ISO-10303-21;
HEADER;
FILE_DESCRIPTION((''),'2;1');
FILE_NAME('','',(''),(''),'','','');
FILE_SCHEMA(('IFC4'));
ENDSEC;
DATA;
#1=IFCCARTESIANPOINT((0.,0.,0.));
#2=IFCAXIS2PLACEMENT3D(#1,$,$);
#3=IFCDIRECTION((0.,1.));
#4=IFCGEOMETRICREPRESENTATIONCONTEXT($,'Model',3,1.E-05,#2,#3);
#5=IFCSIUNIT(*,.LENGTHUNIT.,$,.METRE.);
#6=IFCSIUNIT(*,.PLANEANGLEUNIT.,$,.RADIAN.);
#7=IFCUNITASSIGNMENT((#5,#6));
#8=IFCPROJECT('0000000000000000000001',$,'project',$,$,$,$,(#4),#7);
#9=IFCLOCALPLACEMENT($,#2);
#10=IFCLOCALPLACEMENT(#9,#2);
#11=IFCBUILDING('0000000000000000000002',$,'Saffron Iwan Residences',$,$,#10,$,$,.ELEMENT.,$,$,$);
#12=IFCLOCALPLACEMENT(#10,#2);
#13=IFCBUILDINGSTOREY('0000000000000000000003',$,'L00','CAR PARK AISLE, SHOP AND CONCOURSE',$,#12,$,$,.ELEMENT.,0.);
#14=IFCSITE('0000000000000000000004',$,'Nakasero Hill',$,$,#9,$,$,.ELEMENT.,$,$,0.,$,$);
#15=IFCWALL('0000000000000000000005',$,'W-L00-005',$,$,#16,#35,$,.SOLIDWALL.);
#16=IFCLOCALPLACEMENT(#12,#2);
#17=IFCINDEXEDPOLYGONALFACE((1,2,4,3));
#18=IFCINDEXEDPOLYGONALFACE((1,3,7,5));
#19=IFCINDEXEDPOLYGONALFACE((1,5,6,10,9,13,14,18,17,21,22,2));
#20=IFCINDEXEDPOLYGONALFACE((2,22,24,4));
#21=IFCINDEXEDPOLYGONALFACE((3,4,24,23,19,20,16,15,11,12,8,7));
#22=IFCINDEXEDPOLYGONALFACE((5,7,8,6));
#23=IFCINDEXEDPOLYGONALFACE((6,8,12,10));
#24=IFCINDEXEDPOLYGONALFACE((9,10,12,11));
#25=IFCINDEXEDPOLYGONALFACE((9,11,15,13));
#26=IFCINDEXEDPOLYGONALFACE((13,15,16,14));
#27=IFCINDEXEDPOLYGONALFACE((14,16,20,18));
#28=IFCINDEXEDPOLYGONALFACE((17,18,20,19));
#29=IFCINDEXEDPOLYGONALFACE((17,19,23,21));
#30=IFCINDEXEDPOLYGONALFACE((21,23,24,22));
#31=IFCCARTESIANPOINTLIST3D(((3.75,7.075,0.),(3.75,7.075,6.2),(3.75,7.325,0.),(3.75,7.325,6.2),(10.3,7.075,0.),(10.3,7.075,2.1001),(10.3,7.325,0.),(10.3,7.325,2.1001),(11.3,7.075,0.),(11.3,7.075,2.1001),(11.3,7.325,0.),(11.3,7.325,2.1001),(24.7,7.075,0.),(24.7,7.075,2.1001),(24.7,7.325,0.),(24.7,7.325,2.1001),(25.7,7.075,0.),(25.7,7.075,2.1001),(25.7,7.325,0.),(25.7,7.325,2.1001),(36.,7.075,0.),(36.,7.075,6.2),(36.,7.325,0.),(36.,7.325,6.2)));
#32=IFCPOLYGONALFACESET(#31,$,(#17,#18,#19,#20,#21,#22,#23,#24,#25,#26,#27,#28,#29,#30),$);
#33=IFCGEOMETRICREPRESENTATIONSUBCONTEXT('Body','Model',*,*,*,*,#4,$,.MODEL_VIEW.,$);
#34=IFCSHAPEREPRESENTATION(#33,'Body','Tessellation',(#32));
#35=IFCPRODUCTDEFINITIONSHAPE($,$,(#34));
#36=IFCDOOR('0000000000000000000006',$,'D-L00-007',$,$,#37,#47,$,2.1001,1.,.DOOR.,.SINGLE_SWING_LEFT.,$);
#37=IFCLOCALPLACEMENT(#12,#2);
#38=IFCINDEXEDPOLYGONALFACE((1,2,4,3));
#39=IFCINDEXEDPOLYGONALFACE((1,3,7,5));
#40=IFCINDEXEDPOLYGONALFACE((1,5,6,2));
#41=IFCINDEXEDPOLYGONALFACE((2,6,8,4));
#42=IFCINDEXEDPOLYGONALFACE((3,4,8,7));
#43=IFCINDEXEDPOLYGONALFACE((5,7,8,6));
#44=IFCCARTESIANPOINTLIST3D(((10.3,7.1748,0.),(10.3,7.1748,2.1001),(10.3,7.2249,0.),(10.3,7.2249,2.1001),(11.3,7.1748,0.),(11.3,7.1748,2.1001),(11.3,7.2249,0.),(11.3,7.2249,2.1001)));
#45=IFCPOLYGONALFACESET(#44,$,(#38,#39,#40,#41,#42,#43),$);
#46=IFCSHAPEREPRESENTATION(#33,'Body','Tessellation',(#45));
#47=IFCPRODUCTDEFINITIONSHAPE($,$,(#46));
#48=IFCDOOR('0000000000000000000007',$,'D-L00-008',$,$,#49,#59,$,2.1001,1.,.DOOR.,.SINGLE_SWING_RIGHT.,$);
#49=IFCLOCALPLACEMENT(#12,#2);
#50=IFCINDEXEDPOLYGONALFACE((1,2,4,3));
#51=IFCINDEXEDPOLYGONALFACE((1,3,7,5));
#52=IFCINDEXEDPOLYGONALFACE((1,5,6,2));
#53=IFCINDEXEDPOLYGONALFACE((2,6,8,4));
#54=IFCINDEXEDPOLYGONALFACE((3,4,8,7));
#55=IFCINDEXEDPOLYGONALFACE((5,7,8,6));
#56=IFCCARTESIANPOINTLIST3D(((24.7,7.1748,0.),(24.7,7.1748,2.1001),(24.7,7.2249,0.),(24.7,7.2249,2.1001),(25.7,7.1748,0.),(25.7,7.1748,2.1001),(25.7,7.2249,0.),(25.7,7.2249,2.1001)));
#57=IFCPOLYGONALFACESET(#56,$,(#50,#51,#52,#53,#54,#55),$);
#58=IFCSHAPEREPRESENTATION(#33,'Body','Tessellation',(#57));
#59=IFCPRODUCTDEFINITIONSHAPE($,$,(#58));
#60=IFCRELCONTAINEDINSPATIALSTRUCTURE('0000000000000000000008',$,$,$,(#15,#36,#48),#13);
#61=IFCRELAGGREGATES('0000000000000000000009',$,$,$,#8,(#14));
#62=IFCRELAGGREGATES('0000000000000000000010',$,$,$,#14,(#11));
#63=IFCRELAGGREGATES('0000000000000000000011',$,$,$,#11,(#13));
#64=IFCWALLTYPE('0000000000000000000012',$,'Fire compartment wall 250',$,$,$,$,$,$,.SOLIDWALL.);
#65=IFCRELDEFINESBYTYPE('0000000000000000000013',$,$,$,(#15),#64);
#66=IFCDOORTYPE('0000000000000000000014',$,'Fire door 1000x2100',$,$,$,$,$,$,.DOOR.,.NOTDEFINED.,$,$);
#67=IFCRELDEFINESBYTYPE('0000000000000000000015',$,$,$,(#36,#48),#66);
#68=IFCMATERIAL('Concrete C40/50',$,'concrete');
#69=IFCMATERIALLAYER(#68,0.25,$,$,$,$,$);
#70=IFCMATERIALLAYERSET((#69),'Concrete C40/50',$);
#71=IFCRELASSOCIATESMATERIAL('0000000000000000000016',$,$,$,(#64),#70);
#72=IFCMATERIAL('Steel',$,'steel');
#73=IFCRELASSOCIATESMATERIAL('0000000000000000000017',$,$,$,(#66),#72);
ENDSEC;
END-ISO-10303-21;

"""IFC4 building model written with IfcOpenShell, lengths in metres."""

from ifc_helpers import new_model, si_unit, direction, frame, frame_2d, origin, place, context, subcontext, project, spatial, rectangle, extrude, material, layer, layer_set, type_object, element, fill, save


model = new_model("IFC4")

# Units and contexts
model_context = context("Model", 3, precision=1e-05, world=origin(), true_north=direction((0.0, 1.0)))
body_context = subcontext(model_context, "Body", "Model", "MODEL_VIEW")
ifc_project = project(units=[si_unit("LENGTHUNIT", "METRE"), si_unit("PLANEANGLEUNIT", "RADIAN")], contexts=[model_context])

# Site, building, storey
site_placement = place(None, origin())
site = spatial("IfcSite", under=ifc_project, at=site_placement, Name="Nakasero Hill", CompositionType="ELEMENT", RefElevation=0.0)
building_placement = place(site_placement, origin())
building = spatial("IfcBuilding", under=site, at=building_placement, Name="Saffron Iwan Residences", CompositionType="ELEMENT")
storey_placement = place(building_placement, origin())
storey = spatial("IfcBuildingStorey", under=building, at=storey_placement, Name="L00", Description="CAR PARK AISLE, SHOP AND CONCOURSE", CompositionType="ELEMENT", Elevation=0.0)

# Wall, openings, doors
ifc_material_1 = material(Name="Concrete C40/50", Category="concrete")
ifc_layer_1 = layer(ifc_material_1, 0.25)
ifc_layer_set_1 = layer_set([ifc_layer_1], Name="Concrete C40/50")
wall_type_1 = type_object("IfcWallType", Name="Fire compartment wall 250", PredefinedType="SOLIDWALL", material=ifc_layer_set_1)
wall_1_placement = place(storey_placement, frame((3.75, 7.2, 0.0), z_axis=(0.0, 0.0, 1.0), x_axis=(1.0, 0.0, 0.0)))
wall_1 = element("IfcWall", 1, at=wall_1_placement, inside=storey, type_object=wall_type_1, Name="W-L00-005", PredefinedType="SOLIDWALL", context=body_context, shape_type="SweptSolid", body=[
    extrude(rectangle(XDim=32.25, YDim=0.25, at=frame_2d((16.125, 0.0))), origin(), (0.0, 0.0, 1.0), 6.2),
])
opening_1_placement = place(wall_1_placement, frame((6.55, 0.0, 0.0)))
opening_1 = element("IfcOpeningElement", 2, at=opening_1_placement, cuts=wall_1, PredefinedType="OPENING", context=body_context, shape_type="SweptSolid", body=[
    extrude(rectangle(XDim=1.0, YDim=2.1001, at=frame_2d((0.5, 1.05))), frame((0.0, 0.135, 0.0), z_axis=(0.0, -1.0, 0.0), x_axis=(1.0, 0.0, 0.0)), (0.0, 0.0, 1.0), 0.27),
])
opening_2_placement = place(wall_1_placement, frame((20.95, 0.0, 0.0)))
opening_2 = element("IfcOpeningElement", 3, at=opening_2_placement, cuts=wall_1, PredefinedType="OPENING", context=body_context, shape_type="SweptSolid", body=[
    extrude(rectangle(XDim=1.0, YDim=2.1001, at=frame_2d((0.5, 1.05))), frame((0.0, 0.135, 0.0), z_axis=(0.0, -1.0, 0.0), x_axis=(1.0, 0.0, 0.0)), (0.0, 0.0, 1.0), 0.27),
])
ifc_material_2 = material(Name="Steel", Category="steel")
door_type_1 = type_object("IfcDoorType", Name="Fire door 1000x2100", OperationType="NOTDEFINED", PredefinedType="DOOR", material=ifc_material_2)
door_1_placement = place(opening_1_placement, origin())
door_1 = element("IfcDoor", 4, at=door_1_placement, inside=storey, type_object=door_type_1, Name="D-L00-007", OperationType="SINGLE_SWING_LEFT", OverallHeight=2.1001, OverallWidth=1.0, PredefinedType="DOOR", context=body_context, shape_type="SweptSolid", body=[
    extrude(rectangle(XDim=1.0, YDim=2.1001, at=frame_2d((0.5, 1.05))), frame((0.0, 0.0249, 0.0), z_axis=(0.0, -1.0, 0.0), x_axis=(1.0, 0.0, 0.0)), (0.0, 0.0, 1.0), 0.05),
])
fill(opening_1, door_1)
door_2_placement = place(opening_2_placement, origin())
door_2 = element("IfcDoor", 5, at=door_2_placement, inside=storey, type_object=door_type_1, Name="D-L00-008", OperationType="SINGLE_SWING_RIGHT", OverallHeight=2.1001, OverallWidth=1.0, PredefinedType="DOOR", context=body_context, shape_type="SweptSolid", body=[
    extrude(rectangle(XDim=1.0, YDim=2.1001, at=frame_2d((0.5, 1.05))), frame((0.0, 0.0249, 0.0), z_axis=(0.0, -1.0, 0.0), x_axis=(1.0, 0.0, 0.0)), (0.0, 0.0, 1.0), 0.05),
])
fill(opening_2, door_2)

save(model, "model.ifc")
